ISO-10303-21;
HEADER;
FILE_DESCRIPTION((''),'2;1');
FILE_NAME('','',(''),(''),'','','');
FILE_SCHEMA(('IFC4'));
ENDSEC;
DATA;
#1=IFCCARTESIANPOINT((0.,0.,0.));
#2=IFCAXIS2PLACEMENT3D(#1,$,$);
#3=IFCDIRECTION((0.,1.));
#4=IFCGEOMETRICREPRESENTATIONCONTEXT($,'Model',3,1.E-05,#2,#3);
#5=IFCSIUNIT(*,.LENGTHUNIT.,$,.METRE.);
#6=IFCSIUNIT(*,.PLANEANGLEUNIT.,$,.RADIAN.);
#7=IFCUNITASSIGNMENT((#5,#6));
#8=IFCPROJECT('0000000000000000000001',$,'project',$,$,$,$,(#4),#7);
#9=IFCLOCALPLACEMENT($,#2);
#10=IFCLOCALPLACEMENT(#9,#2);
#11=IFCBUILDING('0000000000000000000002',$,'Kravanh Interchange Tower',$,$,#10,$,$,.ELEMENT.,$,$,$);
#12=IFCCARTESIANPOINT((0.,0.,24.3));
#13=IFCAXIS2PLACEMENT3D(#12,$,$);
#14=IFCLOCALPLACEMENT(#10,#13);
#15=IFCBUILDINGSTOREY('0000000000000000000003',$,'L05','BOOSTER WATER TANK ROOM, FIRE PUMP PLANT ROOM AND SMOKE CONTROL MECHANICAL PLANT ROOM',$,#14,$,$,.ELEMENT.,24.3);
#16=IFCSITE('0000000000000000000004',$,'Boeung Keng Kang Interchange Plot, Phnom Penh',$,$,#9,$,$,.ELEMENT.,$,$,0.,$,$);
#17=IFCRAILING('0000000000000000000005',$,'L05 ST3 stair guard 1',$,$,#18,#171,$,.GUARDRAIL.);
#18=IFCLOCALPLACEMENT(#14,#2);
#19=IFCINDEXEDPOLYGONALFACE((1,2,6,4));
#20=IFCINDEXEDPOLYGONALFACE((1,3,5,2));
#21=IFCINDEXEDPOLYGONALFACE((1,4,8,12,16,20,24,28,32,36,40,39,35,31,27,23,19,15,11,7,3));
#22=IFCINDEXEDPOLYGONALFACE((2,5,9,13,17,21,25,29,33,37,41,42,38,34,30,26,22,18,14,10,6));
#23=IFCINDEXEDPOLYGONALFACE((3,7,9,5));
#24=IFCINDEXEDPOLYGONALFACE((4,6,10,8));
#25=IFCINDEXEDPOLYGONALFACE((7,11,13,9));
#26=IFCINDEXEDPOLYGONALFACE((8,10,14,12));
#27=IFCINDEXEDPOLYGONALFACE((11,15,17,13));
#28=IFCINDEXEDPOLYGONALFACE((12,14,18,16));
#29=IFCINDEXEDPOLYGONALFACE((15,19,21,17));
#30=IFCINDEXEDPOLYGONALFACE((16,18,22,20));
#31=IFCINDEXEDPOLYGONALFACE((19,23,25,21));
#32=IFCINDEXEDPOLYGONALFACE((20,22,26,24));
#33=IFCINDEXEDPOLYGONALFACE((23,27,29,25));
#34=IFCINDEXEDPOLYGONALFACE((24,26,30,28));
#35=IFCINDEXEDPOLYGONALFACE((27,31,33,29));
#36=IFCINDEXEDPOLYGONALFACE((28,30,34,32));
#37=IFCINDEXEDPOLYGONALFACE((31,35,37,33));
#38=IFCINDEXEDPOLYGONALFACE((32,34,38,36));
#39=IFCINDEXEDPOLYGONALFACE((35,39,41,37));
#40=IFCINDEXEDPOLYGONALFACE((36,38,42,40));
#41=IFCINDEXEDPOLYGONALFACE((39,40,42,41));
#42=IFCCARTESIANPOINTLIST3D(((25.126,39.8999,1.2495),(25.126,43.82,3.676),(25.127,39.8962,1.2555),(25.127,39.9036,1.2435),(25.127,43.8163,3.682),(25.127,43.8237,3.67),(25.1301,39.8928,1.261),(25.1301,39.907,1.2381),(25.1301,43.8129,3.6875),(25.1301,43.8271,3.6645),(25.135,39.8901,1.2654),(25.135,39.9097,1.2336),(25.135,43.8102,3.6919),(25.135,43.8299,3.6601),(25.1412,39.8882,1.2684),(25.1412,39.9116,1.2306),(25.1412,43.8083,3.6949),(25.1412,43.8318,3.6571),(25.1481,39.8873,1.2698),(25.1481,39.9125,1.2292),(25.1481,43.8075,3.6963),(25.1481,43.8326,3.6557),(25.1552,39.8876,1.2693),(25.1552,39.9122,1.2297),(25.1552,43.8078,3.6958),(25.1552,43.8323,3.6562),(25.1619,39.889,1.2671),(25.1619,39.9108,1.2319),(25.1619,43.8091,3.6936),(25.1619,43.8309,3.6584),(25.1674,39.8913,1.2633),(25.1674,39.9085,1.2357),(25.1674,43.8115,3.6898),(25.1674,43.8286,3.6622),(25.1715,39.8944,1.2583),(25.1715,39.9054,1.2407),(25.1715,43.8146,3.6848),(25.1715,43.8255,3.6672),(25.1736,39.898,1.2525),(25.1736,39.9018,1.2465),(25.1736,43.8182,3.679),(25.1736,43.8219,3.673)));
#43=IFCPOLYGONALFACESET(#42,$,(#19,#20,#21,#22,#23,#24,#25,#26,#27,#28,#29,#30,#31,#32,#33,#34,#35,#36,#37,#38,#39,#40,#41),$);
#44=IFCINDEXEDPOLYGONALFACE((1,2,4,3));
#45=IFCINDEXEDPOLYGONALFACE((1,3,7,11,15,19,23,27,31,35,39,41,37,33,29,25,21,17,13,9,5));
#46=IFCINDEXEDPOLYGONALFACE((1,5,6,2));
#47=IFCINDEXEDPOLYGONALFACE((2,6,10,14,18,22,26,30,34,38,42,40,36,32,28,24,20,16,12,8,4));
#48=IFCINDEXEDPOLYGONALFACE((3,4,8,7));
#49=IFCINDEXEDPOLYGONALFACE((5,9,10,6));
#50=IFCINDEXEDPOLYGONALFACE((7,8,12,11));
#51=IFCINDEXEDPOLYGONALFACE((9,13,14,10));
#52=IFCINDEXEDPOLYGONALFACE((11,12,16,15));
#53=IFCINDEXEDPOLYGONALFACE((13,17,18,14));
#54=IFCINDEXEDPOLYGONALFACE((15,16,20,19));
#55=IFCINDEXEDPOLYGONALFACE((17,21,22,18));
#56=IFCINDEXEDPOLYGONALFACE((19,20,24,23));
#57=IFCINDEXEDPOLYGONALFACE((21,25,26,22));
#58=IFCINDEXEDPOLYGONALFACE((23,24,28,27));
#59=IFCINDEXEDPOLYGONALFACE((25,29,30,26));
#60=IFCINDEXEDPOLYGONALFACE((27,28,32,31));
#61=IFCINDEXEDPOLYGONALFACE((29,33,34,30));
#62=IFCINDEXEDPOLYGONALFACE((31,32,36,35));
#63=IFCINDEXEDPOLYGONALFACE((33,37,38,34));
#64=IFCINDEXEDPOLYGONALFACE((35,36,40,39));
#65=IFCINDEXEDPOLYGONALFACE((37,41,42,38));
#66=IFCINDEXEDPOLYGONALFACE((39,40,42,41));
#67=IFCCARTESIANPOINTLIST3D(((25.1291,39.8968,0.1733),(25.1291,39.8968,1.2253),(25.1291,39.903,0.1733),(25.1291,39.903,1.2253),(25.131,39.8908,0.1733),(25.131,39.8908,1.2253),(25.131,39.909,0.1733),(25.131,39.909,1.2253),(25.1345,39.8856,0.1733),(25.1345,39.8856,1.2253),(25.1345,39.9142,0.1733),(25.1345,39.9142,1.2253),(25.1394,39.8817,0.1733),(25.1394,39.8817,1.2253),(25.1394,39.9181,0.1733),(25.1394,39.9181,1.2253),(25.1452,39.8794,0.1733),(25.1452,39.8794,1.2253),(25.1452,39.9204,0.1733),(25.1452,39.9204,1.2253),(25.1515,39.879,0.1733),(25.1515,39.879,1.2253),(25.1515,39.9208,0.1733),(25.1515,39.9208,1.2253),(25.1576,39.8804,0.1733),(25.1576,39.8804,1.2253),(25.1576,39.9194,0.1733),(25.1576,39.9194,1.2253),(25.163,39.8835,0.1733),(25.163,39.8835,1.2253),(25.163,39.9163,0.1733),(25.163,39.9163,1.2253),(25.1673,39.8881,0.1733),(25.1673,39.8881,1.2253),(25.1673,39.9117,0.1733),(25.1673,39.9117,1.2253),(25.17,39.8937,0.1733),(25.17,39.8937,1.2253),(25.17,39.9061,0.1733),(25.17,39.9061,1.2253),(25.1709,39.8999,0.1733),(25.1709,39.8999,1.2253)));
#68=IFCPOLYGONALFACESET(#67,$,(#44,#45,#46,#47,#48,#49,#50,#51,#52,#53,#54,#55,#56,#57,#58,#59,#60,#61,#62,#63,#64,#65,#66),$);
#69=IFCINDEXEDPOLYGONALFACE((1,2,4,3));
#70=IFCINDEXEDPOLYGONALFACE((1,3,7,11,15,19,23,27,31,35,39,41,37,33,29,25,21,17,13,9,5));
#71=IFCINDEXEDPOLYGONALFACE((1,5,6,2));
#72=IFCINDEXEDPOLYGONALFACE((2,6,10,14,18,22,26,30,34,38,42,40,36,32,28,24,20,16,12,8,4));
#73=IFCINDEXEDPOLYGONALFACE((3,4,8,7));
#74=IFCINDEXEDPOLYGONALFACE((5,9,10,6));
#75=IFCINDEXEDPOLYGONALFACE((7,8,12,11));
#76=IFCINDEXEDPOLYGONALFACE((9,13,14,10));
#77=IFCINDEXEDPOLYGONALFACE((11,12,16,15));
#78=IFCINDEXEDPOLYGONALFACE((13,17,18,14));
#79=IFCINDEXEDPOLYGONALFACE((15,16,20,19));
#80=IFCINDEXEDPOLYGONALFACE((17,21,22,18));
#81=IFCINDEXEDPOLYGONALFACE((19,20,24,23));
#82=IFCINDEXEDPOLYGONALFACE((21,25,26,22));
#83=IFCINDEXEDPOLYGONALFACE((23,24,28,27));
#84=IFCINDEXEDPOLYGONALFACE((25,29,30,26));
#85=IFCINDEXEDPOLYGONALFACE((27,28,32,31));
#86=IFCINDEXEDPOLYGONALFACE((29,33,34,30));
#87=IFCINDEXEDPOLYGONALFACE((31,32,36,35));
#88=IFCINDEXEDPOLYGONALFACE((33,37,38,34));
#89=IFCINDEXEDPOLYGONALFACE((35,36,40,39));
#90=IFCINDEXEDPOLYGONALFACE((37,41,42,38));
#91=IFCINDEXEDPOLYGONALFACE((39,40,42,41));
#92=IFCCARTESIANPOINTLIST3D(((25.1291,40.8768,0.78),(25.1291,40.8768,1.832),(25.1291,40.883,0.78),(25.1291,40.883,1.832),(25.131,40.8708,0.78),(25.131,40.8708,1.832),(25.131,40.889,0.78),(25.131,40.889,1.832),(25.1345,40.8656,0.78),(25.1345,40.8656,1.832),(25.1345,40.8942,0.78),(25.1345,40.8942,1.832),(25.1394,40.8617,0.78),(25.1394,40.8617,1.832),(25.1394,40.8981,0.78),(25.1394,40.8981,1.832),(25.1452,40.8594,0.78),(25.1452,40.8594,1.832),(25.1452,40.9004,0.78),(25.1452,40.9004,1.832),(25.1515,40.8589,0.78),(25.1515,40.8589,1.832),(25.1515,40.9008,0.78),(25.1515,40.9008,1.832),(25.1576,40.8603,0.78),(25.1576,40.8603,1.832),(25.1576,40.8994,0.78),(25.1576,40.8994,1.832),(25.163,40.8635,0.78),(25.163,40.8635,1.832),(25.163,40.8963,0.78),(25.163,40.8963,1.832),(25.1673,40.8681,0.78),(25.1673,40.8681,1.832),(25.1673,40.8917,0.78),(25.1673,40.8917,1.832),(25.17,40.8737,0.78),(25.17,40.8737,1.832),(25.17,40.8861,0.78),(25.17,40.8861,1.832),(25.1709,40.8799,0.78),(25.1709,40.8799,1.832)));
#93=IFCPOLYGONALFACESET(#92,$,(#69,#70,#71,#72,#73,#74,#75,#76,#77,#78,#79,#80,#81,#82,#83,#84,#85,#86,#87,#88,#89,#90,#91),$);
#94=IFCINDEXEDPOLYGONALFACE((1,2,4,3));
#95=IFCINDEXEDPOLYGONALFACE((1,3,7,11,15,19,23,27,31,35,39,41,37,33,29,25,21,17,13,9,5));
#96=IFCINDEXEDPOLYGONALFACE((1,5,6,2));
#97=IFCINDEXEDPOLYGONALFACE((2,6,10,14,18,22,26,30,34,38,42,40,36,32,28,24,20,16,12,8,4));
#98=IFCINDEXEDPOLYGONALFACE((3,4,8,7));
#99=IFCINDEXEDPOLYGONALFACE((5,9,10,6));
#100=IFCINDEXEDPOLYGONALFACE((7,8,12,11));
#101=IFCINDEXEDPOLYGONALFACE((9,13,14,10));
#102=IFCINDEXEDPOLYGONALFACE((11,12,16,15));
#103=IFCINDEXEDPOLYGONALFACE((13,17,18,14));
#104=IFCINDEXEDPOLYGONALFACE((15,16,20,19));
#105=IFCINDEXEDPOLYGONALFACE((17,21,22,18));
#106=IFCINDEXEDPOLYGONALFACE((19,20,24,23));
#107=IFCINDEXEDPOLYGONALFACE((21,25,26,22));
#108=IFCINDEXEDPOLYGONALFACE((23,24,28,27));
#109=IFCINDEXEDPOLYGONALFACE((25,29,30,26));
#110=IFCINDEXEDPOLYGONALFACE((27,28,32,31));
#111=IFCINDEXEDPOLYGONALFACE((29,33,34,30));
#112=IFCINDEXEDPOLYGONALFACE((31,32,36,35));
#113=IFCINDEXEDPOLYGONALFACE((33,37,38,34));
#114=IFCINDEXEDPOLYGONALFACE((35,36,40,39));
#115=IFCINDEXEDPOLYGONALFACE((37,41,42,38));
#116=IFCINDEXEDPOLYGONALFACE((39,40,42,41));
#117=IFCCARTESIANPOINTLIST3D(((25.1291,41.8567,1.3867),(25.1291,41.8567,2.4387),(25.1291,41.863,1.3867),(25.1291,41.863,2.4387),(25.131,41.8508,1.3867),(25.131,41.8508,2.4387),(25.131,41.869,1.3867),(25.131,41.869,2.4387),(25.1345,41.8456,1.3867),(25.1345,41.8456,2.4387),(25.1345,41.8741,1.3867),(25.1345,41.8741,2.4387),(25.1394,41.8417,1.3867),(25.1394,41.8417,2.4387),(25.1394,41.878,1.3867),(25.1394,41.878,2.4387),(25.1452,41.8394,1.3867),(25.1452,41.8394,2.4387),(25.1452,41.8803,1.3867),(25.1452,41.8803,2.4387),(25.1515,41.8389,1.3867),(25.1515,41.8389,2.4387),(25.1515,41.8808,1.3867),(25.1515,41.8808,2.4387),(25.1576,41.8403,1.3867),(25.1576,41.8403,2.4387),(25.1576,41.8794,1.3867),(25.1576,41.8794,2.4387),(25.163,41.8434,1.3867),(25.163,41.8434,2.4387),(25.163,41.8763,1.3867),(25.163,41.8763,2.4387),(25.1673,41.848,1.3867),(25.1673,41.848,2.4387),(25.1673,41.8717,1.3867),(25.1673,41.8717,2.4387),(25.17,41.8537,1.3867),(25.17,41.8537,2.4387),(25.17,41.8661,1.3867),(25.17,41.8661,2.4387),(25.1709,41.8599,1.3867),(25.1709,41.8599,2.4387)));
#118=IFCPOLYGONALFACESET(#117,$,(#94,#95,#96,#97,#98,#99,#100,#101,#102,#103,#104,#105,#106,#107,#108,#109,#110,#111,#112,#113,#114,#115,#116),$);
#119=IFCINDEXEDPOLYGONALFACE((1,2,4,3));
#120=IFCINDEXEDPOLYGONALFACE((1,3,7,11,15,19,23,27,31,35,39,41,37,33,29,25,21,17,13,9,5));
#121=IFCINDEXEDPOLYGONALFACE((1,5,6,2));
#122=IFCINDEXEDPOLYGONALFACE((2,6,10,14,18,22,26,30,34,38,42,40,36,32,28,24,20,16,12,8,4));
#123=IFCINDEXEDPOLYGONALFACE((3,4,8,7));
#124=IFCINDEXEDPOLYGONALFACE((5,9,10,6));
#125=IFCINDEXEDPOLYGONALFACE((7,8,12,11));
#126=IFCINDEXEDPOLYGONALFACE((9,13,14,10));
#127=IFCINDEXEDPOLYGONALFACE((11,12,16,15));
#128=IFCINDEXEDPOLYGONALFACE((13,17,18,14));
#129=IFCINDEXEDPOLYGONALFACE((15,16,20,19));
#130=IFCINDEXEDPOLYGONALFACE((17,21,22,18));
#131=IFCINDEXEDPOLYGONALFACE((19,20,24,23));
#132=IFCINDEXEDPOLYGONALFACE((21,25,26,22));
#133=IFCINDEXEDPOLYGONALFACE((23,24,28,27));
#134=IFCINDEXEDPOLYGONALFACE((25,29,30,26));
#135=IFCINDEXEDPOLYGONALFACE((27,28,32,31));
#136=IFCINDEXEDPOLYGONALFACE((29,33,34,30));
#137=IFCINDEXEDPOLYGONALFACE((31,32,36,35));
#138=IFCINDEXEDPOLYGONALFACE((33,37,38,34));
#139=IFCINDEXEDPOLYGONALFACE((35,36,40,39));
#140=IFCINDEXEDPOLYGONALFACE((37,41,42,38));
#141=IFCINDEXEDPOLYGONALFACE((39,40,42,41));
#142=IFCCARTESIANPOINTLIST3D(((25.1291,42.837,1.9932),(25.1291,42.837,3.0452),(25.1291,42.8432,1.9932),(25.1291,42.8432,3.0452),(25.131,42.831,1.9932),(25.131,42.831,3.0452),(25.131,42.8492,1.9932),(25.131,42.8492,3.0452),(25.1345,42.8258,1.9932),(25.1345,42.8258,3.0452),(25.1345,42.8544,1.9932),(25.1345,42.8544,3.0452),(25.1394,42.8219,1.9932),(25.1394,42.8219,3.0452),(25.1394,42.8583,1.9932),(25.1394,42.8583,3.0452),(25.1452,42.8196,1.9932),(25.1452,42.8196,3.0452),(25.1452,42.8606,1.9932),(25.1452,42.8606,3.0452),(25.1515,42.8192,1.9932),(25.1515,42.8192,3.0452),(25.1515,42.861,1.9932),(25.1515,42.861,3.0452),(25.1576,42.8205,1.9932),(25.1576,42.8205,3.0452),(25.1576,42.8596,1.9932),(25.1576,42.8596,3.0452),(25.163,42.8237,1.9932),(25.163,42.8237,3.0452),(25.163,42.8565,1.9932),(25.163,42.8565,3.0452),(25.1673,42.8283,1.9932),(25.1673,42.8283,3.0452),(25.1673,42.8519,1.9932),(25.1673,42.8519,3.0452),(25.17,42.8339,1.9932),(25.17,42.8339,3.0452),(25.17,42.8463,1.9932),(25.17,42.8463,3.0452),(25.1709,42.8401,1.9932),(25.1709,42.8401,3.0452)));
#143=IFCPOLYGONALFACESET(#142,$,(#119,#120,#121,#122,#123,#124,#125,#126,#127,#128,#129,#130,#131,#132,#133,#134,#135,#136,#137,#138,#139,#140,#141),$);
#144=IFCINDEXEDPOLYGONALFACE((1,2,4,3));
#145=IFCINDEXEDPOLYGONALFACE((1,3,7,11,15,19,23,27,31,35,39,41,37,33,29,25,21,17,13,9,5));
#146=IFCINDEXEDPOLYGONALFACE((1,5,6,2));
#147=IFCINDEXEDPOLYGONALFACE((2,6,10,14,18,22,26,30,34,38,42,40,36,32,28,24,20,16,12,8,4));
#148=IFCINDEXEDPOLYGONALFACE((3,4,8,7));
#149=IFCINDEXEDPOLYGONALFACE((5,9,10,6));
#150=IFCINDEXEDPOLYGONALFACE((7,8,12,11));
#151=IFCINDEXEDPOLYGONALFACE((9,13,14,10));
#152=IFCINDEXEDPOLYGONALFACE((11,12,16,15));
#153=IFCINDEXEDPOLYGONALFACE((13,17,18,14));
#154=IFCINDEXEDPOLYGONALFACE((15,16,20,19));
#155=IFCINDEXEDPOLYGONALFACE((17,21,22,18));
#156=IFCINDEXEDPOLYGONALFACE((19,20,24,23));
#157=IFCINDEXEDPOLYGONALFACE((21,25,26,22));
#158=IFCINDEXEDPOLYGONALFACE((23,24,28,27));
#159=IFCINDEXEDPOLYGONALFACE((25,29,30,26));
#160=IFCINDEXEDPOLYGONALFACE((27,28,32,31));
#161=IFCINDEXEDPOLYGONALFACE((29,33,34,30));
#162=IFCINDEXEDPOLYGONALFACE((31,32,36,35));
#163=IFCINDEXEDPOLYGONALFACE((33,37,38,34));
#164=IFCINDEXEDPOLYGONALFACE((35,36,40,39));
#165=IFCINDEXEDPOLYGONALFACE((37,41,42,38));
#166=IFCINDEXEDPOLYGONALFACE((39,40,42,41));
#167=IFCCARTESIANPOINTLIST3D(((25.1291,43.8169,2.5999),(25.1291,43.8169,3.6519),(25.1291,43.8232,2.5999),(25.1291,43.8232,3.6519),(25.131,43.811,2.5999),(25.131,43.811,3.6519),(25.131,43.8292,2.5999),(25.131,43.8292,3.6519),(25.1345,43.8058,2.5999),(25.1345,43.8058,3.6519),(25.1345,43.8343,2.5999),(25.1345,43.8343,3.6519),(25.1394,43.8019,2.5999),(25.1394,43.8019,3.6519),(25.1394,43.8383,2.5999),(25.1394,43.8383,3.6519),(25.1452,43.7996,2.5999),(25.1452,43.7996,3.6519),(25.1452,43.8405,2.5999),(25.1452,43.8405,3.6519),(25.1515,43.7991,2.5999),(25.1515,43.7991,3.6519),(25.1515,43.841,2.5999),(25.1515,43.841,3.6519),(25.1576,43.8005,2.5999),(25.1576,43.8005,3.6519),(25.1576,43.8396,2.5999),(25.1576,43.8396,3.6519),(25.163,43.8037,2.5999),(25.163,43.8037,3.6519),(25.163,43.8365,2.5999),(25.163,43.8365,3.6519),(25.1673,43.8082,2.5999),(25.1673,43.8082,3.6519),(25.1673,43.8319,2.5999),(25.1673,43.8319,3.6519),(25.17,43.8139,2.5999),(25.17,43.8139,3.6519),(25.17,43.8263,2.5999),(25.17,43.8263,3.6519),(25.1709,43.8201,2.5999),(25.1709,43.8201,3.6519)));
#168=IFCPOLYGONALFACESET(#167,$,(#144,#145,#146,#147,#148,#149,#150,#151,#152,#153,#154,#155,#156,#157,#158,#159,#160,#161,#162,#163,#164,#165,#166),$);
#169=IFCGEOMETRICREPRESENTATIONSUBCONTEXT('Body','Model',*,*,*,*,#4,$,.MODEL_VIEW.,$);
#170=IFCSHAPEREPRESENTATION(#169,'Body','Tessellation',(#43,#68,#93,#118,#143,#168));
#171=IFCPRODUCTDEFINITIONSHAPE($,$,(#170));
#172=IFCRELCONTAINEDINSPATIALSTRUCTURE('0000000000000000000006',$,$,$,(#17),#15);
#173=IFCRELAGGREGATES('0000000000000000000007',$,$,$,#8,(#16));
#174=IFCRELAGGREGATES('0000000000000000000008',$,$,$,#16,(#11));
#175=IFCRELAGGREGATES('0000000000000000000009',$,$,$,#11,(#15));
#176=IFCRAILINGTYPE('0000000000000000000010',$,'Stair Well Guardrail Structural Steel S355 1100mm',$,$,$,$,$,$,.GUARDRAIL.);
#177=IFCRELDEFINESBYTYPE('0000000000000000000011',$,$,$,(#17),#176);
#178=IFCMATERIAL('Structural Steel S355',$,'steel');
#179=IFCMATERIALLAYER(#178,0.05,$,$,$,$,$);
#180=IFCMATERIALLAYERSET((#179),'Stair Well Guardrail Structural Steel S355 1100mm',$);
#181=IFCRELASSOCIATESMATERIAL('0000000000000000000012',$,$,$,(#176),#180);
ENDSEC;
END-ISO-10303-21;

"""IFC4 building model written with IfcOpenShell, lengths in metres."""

from ifc_helpers import new_model, si_unit, direction, frame, origin, origin_2d, place, context, subcontext, project, spatial, circle, extrude, material, layer, layer_set, type_object, element, save


model = new_model("IFC4")

# Units and contexts
model_context = context("Model", 3, precision=1e-05, world=origin(), true_north=direction((0.0, 1.0)))
body_context = subcontext(model_context, "Body", "Model", "MODEL_VIEW")
ifc_project = project(units=[si_unit("LENGTHUNIT", "METRE"), si_unit("PLANEANGLEUNIT", "RADIAN")], contexts=[model_context])

# Site, building, storey
site_placement = place(None, origin())
site = spatial("IfcSite", under=ifc_project, at=site_placement, Name="Boeung Keng Kang Interchange Plot, Phnom Penh", CompositionType="ELEMENT", RefElevation=0.0)
building_placement = place(site_placement, origin())
building = spatial("IfcBuilding", under=site, at=building_placement, Name="Kravanh Interchange Tower", CompositionType="ELEMENT")
storey_placement = place(building_placement, frame((0.0, 0.0, 24.3)))
storey = spatial("IfcBuildingStorey", under=building, at=storey_placement, Name="L05", Description="BOOSTER WATER TANK ROOM, FIRE PUMP PLANT ROOM AND SMOKE CONTROL MECHANICAL PLANT ROOM", CompositionType="ELEMENT", Elevation=24.3)

# Railing
ifc_material_1 = material(Name="Structural Steel S355", Category="steel")
ifc_layer_1 = layer(ifc_material_1, 0.05)
ifc_layer_set_1 = layer_set([ifc_layer_1], Name="Stair Well Guardrail Structural Steel S355 1100mm")
railing_type_1 = type_object("IfcRailingType", Name="Stair Well Guardrail Structural Steel S355 1100mm", PredefinedType="GUARDRAIL", material=ifc_layer_set_1)
railing_1_placement = place(storey_placement, frame((25.1499, 39.8999, 0.1733)))
element("IfcRailing", 1, at=railing_1_placement, inside=storey, type_object=railing_type_1, Name="L05 ST3 stair guard 1", PredefinedType="GUARDRAIL", context=body_context, shape_type="SweptSolid", body=[
    extrude(circle(Radius=0.0239, at=origin_2d()), frame((0.0, 0.0, 1.0762), z_axis=(0.0, 0.85029, 0.526315), x_axis=(-1.0, 0.0, 0.0)), (0.0, 0.0, 1.0), 4.6104),
    extrude(circle(Radius=0.021, at=origin_2d()), origin(), (0.0, 0.0, 1.0), 1.052),
    extrude(circle(Radius=0.021, at=origin_2d()), frame((0.0, 0.98, 0.6067)), (0.0, 0.0, 1.0), 1.052),
    extrude(circle(Radius=0.021, at=origin_2d()), frame((0.0, 1.96, 1.2134)), (0.0, 0.0, 1.0), 1.052),
    extrude(circle(Radius=0.021, at=origin_2d()), frame((0.0, 2.9402, 1.8198)), (0.0, 0.0, 1.0), 1.052),
    extrude(circle(Radius=0.021, at=origin_2d()), frame((0.0, 3.9202, 2.4265)), (0.0, 0.0, 1.0), 1.052),
])

save(model, "model.ifc")
